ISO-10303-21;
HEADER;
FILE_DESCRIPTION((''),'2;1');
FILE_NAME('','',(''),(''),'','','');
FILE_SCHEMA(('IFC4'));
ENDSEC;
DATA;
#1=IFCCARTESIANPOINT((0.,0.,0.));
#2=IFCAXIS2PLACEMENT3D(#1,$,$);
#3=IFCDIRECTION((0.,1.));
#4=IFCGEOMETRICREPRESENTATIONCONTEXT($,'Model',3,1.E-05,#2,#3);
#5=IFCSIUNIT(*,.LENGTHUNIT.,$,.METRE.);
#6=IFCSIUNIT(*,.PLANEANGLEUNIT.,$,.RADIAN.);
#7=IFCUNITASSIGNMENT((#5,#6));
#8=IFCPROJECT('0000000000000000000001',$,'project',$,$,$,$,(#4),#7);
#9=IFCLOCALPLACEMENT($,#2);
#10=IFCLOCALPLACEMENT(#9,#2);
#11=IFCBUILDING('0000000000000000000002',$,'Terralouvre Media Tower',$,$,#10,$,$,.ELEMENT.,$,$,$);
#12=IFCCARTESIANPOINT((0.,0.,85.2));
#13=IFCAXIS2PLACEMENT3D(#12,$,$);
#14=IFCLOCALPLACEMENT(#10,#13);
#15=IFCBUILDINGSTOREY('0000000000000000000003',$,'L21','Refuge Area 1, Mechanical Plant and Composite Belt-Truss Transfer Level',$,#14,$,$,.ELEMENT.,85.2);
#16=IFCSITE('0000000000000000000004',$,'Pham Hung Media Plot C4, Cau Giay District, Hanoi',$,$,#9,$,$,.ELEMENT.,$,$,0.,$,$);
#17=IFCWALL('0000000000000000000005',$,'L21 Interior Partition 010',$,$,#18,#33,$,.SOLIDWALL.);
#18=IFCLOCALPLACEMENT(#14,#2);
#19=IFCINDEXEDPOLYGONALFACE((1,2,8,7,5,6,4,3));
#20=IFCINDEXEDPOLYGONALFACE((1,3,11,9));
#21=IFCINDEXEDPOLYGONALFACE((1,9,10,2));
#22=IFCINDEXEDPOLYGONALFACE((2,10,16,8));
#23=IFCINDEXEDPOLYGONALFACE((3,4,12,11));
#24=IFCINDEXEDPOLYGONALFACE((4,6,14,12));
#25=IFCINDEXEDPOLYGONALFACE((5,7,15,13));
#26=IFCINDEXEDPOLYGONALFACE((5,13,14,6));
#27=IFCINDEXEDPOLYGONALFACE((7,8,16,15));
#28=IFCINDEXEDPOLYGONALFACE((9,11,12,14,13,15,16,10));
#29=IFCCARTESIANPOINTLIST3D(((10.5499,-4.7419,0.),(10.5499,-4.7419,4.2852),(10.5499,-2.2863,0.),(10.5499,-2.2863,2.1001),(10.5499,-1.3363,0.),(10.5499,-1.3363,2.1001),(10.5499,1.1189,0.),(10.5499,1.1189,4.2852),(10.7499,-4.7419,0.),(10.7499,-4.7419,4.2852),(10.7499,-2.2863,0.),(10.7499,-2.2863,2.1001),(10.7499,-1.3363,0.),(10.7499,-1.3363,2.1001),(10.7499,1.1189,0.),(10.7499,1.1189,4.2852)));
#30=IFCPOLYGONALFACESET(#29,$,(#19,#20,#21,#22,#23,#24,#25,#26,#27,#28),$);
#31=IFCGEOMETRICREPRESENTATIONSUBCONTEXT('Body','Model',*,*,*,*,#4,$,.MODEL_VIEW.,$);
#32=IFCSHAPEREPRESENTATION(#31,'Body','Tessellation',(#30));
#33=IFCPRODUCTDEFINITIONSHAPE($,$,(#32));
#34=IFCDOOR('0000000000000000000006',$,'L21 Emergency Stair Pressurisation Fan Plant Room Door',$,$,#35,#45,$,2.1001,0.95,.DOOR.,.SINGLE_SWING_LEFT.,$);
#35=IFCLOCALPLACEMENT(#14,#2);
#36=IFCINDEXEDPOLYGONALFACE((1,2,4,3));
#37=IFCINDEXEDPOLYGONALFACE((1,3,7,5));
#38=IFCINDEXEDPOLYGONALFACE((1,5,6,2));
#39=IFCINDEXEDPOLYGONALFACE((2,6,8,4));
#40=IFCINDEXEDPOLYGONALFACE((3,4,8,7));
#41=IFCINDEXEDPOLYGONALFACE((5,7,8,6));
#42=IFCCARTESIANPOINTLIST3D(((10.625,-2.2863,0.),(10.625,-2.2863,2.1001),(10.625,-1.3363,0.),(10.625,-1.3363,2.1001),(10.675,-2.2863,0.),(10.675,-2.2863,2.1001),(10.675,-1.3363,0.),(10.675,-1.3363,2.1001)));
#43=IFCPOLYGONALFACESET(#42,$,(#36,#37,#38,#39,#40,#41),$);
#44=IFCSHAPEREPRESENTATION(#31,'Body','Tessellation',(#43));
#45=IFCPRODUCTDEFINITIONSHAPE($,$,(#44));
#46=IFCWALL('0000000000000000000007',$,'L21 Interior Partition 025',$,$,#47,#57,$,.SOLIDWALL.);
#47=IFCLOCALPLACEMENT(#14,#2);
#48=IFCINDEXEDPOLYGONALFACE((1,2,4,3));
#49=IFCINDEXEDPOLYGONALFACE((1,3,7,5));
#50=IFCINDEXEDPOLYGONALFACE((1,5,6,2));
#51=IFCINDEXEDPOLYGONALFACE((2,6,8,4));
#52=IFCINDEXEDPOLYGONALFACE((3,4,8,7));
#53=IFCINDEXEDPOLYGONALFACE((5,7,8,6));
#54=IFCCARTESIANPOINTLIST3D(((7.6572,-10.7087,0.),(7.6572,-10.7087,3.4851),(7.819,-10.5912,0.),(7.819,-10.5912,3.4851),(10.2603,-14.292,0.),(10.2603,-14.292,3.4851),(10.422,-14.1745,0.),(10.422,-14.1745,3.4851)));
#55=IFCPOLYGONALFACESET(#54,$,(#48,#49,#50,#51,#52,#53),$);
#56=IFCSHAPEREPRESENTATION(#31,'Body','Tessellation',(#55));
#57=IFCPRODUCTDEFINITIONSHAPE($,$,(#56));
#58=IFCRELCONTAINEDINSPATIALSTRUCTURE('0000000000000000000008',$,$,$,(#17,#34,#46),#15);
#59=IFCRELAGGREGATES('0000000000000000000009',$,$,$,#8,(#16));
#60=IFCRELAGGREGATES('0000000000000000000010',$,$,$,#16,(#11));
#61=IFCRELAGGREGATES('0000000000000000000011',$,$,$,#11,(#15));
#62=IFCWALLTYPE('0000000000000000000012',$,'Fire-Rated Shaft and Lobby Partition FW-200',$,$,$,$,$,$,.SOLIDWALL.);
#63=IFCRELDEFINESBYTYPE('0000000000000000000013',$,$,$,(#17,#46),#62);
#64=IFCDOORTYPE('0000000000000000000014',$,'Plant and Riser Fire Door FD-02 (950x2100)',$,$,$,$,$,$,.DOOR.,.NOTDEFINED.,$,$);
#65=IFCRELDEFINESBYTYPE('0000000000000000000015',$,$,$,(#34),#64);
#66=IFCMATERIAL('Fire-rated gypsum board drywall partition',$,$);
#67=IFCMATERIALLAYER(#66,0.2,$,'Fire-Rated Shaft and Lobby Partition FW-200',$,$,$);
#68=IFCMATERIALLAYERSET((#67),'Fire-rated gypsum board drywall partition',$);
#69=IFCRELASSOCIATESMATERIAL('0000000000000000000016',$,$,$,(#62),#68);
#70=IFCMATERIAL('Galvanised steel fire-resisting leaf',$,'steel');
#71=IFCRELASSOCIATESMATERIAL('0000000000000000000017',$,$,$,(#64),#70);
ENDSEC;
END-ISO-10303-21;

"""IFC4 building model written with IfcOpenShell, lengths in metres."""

from ifc_helpers import new_model, si_unit, direction, frame, frame_2d, origin, place, context, subcontext, project, spatial, rectangle, extrude, material, layer, layer_set, type_object, element, fill, save


model = new_model("IFC4")

# Units and contexts
model_context = context("Model", 3, precision=1e-05, world=origin(), true_north=direction((0.0, 1.0)))
body_context = subcontext(model_context, "Body", "Model", "MODEL_VIEW")
ifc_project = project(units=[si_unit("LENGTHUNIT", "METRE"), si_unit("PLANEANGLEUNIT", "RADIAN")], contexts=[model_context])

# Site, building, storey
site_placement = place(None, origin())
site = spatial("IfcSite", under=ifc_project, at=site_placement, Name="Pham Hung Media Plot C4, Cau Giay District, Hanoi", CompositionType="ELEMENT", RefElevation=0.0)
building_placement = place(site_placement, origin())
building = spatial("IfcBuilding", under=site, at=building_placement, Name="Terralouvre Media Tower", CompositionType="ELEMENT")
storey_placement = place(building_placement, frame((0.0, 0.0, 85.2)))
storey = spatial("IfcBuildingStorey", under=building, at=storey_placement, Name="L21", Description="Refuge Area 1, Mechanical Plant and Composite Belt-Truss Transfer Level", CompositionType="ELEMENT", Elevation=85.2)

# Shared definitions
ifc_material_1 = material(Name="Fire-rated gypsum board drywall partition")
ifc_layer_1 = layer(ifc_material_1, 0.2, Name="Fire-Rated Shaft and Lobby Partition FW-200")
ifc_layer_set_1 = layer_set([ifc_layer_1], Name="Fire-rated gypsum board drywall partition")
wall_type = type_object("IfcWallType", Name="Fire-Rated Shaft and Lobby Partition FW-200", PredefinedType="SOLIDWALL", material=ifc_layer_set_1)

# Wall, opening, door
ifc_material_2 = material(Name="Galvanised steel fire-resisting leaf", Category="steel")
door_type = type_object("IfcDoorType", Name="Plant and Riser Fire Door FD-02 (950x2100)", OperationType="NOTDEFINED", PredefinedType="DOOR", material=ifc_material_2)
wall_1_placement = place(storey_placement, frame((10.6499, -4.7419, 0.0), z_axis=(0.0, 0.0, 1.0), x_axis=(0.0, 1.0, 0.0)))
wall_1 = element("IfcWall", 1, at=wall_1_placement, inside=storey, type_object=wall_type, Name="L21 Interior Partition 010", PredefinedType="SOLIDWALL", context=body_context, shape_type="SweptSolid", body=[
    extrude(rectangle(XDim=5.8608, YDim=0.2, at=frame_2d((2.9304, 0.0))), origin(), (0.0, 0.0, 1.0), 4.2852),
])
opening_1_placement = place(wall_1_placement, frame((2.4556, 0.0, 0.0)))
opening_1 = element("IfcOpeningElement", 2, at=opening_1_placement, cuts=wall_1, PredefinedType="OPENING", context=body_context, shape_type="SweptSolid", body=[
    extrude(rectangle(XDim=0.95, YDim=2.1001, at=frame_2d((0.4751, 1.05))), frame((0.0, 0.1099, 0.0), z_axis=(0.0, -1.0, 0.0), x_axis=(1.0, 0.0, 0.0)), (0.0, 0.0, 1.0), 0.22),
])
door_1_placement = place(opening_1_placement, origin())
door_1 = element("IfcDoor", 3, at=door_1_placement, inside=storey, type_object=door_type, Name="L21 Emergency Stair Pressurisation Fan Plant Room Door", OperationType="SINGLE_SWING_LEFT", OverallHeight=2.1001, OverallWidth=0.95, PredefinedType="DOOR", context=body_context, shape_type="SweptSolid", body=[
    extrude(rectangle(XDim=0.95, YDim=2.1001, at=frame_2d((0.4751, 1.05))), frame((0.0, 0.0249, 0.0), z_axis=(0.0, -1.0, 0.0), x_axis=(1.0, 0.0, 0.0)), (0.0, 0.0, 1.0), 0.05),
])
fill(opening_1, door_1)

# Wall
wall_2_placement = place(storey_placement, frame((10.3411, -14.2332, 0.0), z_axis=(0.0, 0.0, 1.0), x_axis=(-0.587732, 0.809055, 0.0)))
element("IfcWall", 4, at=wall_2_placement, inside=storey, type_object=wall_type, Name="L21 Interior Partition 025", PredefinedType="SOLIDWALL", context=body_context, shape_type="SweptSolid", body=[
    extrude(rectangle(XDim=4.429, YDim=0.2, at=frame_2d((2.2144, 0.0))), origin(), (0.0, 0.0, 1.0), 3.4851),
])

save(model, "model.ifc")
